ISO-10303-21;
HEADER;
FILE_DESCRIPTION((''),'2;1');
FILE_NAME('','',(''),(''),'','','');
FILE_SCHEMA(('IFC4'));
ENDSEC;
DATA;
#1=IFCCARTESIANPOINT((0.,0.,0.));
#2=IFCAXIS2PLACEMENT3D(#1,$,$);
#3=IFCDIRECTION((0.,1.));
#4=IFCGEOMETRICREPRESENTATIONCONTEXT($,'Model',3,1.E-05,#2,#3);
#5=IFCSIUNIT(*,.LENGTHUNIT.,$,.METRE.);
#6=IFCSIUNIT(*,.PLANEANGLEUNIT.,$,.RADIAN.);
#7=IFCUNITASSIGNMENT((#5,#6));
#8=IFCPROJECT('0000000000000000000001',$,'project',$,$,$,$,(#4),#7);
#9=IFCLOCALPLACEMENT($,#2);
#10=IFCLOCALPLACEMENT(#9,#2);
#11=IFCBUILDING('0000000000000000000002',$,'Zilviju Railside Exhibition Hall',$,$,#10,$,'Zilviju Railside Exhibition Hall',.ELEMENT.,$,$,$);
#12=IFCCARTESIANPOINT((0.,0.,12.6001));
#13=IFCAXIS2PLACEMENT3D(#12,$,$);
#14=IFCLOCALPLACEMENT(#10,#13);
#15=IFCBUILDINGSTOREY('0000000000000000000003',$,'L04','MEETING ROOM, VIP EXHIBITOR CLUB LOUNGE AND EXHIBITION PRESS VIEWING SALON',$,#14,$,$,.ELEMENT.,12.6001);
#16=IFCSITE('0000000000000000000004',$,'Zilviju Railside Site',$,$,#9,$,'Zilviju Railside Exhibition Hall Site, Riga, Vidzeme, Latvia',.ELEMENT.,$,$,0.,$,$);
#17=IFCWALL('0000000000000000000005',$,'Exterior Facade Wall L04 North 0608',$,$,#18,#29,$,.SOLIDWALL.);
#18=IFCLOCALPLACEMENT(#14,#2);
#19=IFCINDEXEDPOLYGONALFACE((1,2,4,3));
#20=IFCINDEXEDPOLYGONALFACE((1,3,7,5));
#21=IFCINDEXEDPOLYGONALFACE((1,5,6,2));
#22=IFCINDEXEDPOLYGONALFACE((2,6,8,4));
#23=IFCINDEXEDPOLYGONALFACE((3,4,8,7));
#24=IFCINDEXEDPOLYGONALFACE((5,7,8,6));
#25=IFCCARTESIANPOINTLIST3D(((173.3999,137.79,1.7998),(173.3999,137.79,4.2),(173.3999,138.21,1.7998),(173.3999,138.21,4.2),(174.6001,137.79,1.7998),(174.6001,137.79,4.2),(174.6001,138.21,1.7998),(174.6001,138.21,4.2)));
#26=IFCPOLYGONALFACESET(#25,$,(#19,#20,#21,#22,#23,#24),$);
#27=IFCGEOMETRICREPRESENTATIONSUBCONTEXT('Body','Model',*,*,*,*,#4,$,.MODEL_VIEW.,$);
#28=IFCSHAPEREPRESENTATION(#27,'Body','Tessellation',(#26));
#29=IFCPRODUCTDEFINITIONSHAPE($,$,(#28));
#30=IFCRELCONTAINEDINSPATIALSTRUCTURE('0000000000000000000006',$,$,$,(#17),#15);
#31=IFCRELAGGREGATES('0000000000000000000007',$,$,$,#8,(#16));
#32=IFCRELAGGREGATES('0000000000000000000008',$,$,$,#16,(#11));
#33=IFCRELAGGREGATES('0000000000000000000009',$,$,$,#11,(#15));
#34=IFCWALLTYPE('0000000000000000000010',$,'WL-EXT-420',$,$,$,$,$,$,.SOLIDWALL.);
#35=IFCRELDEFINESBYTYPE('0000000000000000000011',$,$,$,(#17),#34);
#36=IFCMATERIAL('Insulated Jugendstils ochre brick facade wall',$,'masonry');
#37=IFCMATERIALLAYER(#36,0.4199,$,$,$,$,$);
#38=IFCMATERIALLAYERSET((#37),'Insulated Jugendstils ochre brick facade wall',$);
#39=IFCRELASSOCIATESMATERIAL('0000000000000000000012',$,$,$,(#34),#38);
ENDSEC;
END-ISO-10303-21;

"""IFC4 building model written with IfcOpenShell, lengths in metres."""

from ifc_helpers import new_model, si_unit, direction, frame, frame_2d, origin, place, context, subcontext, project, spatial, rectangle, extrude, material, layer, layer_set, type_object, element, save


model = new_model("IFC4")

# Units and contexts
model_context = context("Model", 3, precision=1e-05, world=origin(), true_north=direction((0.0, 1.0)))
body_context = subcontext(model_context, "Body", "Model", "MODEL_VIEW")
ifc_project = project(units=[si_unit("LENGTHUNIT", "METRE"), si_unit("PLANEANGLEUNIT", "RADIAN")], contexts=[model_context])

# Site, building, storey
site_placement = place(None, origin())
site = spatial("IfcSite", under=ifc_project, at=site_placement, Name="Zilviju Railside Site", LongName="Zilviju Railside Exhibition Hall Site, Riga, Vidzeme, Latvia", CompositionType="ELEMENT", RefElevation=0.0)
building_placement = place(site_placement, origin())
building = spatial("IfcBuilding", under=site, at=building_placement, Name="Zilviju Railside Exhibition Hall", LongName="Zilviju Railside Exhibition Hall", CompositionType="ELEMENT")
storey_placement = place(building_placement, frame((0.0, 0.0, 12.6001)))
storey = spatial("IfcBuildingStorey", under=building, at=storey_placement, Name="L04", Description="MEETING ROOM, VIP EXHIBITOR CLUB LOUNGE AND EXHIBITION PRESS VIEWING SALON", CompositionType="ELEMENT", Elevation=12.6001)

# Wall
ifc_material_1 = material(Name="Insulated Jugendstils ochre brick facade wall", Category="masonry")
ifc_layer_1 = layer(ifc_material_1, 0.4199)
ifc_layer_set_1 = layer_set([ifc_layer_1], Name="Insulated Jugendstils ochre brick facade wall")
wall_type_1 = type_object("IfcWallType", Name="WL-EXT-420", PredefinedType="SOLIDWALL", material=ifc_layer_set_1)
wall_placement = place(storey_placement, frame((173.3999, 138.0, 1.7998), z_axis=(0.0, 0.0, 1.0), x_axis=(1.0, 0.0, 0.0)))
element("IfcWall", 1, at=wall_placement, inside=storey, type_object=wall_type_1, Name="Exterior Facade Wall L04 North 0608", PredefinedType="SOLIDWALL", context=body_context, shape_type="SweptSolid", body=[
    extrude(rectangle(XDim=1.2002, YDim=0.4199, at=frame_2d((0.6001, 0.0))), origin(), (0.0, 0.0, 1.0), 2.4001),
])

save(model, "model.ifc")
